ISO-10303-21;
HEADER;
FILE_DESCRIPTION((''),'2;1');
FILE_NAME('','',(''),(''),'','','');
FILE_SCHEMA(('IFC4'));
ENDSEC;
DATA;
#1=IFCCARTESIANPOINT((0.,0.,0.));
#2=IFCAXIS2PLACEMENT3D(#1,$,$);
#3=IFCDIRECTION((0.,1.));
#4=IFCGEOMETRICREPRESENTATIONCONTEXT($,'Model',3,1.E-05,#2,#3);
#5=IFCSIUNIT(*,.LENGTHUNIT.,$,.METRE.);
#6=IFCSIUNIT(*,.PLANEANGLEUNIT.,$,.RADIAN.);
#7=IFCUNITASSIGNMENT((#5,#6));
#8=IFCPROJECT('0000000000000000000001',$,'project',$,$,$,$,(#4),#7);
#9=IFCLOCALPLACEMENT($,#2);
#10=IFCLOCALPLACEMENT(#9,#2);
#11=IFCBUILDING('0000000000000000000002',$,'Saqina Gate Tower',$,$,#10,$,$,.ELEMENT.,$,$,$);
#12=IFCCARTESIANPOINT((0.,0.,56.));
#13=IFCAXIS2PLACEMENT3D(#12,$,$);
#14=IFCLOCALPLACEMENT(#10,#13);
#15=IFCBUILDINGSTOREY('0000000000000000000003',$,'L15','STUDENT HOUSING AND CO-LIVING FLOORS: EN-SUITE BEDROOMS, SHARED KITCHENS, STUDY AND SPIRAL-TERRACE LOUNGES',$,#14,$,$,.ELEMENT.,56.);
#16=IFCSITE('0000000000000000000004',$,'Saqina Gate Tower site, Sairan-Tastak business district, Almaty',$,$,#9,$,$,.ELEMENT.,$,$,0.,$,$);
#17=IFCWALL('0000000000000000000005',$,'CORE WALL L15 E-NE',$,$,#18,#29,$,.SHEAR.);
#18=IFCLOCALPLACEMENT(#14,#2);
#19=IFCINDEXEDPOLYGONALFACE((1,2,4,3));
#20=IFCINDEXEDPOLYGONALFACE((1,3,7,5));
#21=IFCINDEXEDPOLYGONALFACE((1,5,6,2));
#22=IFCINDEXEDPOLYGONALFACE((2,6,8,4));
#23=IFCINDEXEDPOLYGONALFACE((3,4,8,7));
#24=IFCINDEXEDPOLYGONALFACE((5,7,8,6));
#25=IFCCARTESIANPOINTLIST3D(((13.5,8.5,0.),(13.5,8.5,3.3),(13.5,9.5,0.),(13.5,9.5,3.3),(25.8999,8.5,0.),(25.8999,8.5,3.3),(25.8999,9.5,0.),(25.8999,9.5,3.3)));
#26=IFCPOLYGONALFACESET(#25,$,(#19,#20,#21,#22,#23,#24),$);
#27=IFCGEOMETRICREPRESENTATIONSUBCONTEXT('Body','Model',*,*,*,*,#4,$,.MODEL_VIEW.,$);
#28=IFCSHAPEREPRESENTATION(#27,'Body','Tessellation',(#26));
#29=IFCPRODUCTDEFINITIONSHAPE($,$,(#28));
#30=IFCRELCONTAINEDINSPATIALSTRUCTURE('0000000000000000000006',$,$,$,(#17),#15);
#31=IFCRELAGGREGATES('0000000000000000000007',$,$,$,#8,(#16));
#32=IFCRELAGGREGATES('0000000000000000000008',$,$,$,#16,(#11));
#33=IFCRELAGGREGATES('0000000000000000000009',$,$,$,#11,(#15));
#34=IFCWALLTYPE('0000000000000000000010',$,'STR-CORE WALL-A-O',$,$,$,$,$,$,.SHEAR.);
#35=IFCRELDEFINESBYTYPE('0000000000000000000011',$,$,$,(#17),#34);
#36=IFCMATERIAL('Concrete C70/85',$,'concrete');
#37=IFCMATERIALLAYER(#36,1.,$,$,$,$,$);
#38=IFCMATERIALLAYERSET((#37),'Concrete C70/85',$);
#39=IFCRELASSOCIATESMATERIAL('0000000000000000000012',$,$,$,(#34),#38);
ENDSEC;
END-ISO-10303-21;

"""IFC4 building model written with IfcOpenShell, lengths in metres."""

from ifc_helpers import new_model, si_unit, direction, frame, frame_2d, origin, place, context, subcontext, project, spatial, rectangle, extrude, material, layer, layer_set, type_object, element, save


model = new_model("IFC4")

# Units and contexts
model_context = context("Model", 3, precision=1e-05, world=origin(), true_north=direction((0.0, 1.0)))
body_context = subcontext(model_context, "Body", "Model", "MODEL_VIEW")
ifc_project = project(units=[si_unit("LENGTHUNIT", "METRE"), si_unit("PLANEANGLEUNIT", "RADIAN")], contexts=[model_context])

# Site, building, storey
site_placement = place(None, origin())
site = spatial("IfcSite", under=ifc_project, at=site_placement, Name="Saqina Gate Tower site, Sairan-Tastak business district, Almaty", CompositionType="ELEMENT", RefElevation=0.0)
building_placement = place(site_placement, origin())
building = spatial("IfcBuilding", under=site, at=building_placement, Name="Saqina Gate Tower", CompositionType="ELEMENT")
storey_placement = place(building_placement, frame((0.0, 0.0, 56.0)))
storey = spatial("IfcBuildingStorey", under=building, at=storey_placement, Name="L15", Description="STUDENT HOUSING AND CO-LIVING FLOORS: EN-SUITE BEDROOMS, SHARED KITCHENS, STUDY AND SPIRAL-TERRACE LOUNGES", CompositionType="ELEMENT", Elevation=56.0)

# Wall
ifc_material_1 = material(Name="Concrete C70/85", Category="concrete")
ifc_layer_1 = layer(ifc_material_1, 1.0)
ifc_layer_set_1 = layer_set([ifc_layer_1], Name="Concrete C70/85")
wall_type_1 = type_object("IfcWallType", Name="STR-CORE WALL-A-O", PredefinedType="SHEAR", material=ifc_layer_set_1)
wall_1_placement = place(storey_placement, frame((13.5, 9.0, 0.0), z_axis=(0.0, 0.0, 1.0), x_axis=(1.0, 0.0, 0.0)))
element("IfcWall", 1, at=wall_1_placement, inside=storey, type_object=wall_type_1, Name="CORE WALL L15 E-NE", PredefinedType="SHEAR", context=body_context, shape_type="SweptSolid", body=[
    extrude(rectangle(XDim=12.3999, YDim=1.0, at=frame_2d((6.2, 0.0))), origin(), (0.0, 0.0, 1.0), 3.3),
])

save(model, "model.ifc")
